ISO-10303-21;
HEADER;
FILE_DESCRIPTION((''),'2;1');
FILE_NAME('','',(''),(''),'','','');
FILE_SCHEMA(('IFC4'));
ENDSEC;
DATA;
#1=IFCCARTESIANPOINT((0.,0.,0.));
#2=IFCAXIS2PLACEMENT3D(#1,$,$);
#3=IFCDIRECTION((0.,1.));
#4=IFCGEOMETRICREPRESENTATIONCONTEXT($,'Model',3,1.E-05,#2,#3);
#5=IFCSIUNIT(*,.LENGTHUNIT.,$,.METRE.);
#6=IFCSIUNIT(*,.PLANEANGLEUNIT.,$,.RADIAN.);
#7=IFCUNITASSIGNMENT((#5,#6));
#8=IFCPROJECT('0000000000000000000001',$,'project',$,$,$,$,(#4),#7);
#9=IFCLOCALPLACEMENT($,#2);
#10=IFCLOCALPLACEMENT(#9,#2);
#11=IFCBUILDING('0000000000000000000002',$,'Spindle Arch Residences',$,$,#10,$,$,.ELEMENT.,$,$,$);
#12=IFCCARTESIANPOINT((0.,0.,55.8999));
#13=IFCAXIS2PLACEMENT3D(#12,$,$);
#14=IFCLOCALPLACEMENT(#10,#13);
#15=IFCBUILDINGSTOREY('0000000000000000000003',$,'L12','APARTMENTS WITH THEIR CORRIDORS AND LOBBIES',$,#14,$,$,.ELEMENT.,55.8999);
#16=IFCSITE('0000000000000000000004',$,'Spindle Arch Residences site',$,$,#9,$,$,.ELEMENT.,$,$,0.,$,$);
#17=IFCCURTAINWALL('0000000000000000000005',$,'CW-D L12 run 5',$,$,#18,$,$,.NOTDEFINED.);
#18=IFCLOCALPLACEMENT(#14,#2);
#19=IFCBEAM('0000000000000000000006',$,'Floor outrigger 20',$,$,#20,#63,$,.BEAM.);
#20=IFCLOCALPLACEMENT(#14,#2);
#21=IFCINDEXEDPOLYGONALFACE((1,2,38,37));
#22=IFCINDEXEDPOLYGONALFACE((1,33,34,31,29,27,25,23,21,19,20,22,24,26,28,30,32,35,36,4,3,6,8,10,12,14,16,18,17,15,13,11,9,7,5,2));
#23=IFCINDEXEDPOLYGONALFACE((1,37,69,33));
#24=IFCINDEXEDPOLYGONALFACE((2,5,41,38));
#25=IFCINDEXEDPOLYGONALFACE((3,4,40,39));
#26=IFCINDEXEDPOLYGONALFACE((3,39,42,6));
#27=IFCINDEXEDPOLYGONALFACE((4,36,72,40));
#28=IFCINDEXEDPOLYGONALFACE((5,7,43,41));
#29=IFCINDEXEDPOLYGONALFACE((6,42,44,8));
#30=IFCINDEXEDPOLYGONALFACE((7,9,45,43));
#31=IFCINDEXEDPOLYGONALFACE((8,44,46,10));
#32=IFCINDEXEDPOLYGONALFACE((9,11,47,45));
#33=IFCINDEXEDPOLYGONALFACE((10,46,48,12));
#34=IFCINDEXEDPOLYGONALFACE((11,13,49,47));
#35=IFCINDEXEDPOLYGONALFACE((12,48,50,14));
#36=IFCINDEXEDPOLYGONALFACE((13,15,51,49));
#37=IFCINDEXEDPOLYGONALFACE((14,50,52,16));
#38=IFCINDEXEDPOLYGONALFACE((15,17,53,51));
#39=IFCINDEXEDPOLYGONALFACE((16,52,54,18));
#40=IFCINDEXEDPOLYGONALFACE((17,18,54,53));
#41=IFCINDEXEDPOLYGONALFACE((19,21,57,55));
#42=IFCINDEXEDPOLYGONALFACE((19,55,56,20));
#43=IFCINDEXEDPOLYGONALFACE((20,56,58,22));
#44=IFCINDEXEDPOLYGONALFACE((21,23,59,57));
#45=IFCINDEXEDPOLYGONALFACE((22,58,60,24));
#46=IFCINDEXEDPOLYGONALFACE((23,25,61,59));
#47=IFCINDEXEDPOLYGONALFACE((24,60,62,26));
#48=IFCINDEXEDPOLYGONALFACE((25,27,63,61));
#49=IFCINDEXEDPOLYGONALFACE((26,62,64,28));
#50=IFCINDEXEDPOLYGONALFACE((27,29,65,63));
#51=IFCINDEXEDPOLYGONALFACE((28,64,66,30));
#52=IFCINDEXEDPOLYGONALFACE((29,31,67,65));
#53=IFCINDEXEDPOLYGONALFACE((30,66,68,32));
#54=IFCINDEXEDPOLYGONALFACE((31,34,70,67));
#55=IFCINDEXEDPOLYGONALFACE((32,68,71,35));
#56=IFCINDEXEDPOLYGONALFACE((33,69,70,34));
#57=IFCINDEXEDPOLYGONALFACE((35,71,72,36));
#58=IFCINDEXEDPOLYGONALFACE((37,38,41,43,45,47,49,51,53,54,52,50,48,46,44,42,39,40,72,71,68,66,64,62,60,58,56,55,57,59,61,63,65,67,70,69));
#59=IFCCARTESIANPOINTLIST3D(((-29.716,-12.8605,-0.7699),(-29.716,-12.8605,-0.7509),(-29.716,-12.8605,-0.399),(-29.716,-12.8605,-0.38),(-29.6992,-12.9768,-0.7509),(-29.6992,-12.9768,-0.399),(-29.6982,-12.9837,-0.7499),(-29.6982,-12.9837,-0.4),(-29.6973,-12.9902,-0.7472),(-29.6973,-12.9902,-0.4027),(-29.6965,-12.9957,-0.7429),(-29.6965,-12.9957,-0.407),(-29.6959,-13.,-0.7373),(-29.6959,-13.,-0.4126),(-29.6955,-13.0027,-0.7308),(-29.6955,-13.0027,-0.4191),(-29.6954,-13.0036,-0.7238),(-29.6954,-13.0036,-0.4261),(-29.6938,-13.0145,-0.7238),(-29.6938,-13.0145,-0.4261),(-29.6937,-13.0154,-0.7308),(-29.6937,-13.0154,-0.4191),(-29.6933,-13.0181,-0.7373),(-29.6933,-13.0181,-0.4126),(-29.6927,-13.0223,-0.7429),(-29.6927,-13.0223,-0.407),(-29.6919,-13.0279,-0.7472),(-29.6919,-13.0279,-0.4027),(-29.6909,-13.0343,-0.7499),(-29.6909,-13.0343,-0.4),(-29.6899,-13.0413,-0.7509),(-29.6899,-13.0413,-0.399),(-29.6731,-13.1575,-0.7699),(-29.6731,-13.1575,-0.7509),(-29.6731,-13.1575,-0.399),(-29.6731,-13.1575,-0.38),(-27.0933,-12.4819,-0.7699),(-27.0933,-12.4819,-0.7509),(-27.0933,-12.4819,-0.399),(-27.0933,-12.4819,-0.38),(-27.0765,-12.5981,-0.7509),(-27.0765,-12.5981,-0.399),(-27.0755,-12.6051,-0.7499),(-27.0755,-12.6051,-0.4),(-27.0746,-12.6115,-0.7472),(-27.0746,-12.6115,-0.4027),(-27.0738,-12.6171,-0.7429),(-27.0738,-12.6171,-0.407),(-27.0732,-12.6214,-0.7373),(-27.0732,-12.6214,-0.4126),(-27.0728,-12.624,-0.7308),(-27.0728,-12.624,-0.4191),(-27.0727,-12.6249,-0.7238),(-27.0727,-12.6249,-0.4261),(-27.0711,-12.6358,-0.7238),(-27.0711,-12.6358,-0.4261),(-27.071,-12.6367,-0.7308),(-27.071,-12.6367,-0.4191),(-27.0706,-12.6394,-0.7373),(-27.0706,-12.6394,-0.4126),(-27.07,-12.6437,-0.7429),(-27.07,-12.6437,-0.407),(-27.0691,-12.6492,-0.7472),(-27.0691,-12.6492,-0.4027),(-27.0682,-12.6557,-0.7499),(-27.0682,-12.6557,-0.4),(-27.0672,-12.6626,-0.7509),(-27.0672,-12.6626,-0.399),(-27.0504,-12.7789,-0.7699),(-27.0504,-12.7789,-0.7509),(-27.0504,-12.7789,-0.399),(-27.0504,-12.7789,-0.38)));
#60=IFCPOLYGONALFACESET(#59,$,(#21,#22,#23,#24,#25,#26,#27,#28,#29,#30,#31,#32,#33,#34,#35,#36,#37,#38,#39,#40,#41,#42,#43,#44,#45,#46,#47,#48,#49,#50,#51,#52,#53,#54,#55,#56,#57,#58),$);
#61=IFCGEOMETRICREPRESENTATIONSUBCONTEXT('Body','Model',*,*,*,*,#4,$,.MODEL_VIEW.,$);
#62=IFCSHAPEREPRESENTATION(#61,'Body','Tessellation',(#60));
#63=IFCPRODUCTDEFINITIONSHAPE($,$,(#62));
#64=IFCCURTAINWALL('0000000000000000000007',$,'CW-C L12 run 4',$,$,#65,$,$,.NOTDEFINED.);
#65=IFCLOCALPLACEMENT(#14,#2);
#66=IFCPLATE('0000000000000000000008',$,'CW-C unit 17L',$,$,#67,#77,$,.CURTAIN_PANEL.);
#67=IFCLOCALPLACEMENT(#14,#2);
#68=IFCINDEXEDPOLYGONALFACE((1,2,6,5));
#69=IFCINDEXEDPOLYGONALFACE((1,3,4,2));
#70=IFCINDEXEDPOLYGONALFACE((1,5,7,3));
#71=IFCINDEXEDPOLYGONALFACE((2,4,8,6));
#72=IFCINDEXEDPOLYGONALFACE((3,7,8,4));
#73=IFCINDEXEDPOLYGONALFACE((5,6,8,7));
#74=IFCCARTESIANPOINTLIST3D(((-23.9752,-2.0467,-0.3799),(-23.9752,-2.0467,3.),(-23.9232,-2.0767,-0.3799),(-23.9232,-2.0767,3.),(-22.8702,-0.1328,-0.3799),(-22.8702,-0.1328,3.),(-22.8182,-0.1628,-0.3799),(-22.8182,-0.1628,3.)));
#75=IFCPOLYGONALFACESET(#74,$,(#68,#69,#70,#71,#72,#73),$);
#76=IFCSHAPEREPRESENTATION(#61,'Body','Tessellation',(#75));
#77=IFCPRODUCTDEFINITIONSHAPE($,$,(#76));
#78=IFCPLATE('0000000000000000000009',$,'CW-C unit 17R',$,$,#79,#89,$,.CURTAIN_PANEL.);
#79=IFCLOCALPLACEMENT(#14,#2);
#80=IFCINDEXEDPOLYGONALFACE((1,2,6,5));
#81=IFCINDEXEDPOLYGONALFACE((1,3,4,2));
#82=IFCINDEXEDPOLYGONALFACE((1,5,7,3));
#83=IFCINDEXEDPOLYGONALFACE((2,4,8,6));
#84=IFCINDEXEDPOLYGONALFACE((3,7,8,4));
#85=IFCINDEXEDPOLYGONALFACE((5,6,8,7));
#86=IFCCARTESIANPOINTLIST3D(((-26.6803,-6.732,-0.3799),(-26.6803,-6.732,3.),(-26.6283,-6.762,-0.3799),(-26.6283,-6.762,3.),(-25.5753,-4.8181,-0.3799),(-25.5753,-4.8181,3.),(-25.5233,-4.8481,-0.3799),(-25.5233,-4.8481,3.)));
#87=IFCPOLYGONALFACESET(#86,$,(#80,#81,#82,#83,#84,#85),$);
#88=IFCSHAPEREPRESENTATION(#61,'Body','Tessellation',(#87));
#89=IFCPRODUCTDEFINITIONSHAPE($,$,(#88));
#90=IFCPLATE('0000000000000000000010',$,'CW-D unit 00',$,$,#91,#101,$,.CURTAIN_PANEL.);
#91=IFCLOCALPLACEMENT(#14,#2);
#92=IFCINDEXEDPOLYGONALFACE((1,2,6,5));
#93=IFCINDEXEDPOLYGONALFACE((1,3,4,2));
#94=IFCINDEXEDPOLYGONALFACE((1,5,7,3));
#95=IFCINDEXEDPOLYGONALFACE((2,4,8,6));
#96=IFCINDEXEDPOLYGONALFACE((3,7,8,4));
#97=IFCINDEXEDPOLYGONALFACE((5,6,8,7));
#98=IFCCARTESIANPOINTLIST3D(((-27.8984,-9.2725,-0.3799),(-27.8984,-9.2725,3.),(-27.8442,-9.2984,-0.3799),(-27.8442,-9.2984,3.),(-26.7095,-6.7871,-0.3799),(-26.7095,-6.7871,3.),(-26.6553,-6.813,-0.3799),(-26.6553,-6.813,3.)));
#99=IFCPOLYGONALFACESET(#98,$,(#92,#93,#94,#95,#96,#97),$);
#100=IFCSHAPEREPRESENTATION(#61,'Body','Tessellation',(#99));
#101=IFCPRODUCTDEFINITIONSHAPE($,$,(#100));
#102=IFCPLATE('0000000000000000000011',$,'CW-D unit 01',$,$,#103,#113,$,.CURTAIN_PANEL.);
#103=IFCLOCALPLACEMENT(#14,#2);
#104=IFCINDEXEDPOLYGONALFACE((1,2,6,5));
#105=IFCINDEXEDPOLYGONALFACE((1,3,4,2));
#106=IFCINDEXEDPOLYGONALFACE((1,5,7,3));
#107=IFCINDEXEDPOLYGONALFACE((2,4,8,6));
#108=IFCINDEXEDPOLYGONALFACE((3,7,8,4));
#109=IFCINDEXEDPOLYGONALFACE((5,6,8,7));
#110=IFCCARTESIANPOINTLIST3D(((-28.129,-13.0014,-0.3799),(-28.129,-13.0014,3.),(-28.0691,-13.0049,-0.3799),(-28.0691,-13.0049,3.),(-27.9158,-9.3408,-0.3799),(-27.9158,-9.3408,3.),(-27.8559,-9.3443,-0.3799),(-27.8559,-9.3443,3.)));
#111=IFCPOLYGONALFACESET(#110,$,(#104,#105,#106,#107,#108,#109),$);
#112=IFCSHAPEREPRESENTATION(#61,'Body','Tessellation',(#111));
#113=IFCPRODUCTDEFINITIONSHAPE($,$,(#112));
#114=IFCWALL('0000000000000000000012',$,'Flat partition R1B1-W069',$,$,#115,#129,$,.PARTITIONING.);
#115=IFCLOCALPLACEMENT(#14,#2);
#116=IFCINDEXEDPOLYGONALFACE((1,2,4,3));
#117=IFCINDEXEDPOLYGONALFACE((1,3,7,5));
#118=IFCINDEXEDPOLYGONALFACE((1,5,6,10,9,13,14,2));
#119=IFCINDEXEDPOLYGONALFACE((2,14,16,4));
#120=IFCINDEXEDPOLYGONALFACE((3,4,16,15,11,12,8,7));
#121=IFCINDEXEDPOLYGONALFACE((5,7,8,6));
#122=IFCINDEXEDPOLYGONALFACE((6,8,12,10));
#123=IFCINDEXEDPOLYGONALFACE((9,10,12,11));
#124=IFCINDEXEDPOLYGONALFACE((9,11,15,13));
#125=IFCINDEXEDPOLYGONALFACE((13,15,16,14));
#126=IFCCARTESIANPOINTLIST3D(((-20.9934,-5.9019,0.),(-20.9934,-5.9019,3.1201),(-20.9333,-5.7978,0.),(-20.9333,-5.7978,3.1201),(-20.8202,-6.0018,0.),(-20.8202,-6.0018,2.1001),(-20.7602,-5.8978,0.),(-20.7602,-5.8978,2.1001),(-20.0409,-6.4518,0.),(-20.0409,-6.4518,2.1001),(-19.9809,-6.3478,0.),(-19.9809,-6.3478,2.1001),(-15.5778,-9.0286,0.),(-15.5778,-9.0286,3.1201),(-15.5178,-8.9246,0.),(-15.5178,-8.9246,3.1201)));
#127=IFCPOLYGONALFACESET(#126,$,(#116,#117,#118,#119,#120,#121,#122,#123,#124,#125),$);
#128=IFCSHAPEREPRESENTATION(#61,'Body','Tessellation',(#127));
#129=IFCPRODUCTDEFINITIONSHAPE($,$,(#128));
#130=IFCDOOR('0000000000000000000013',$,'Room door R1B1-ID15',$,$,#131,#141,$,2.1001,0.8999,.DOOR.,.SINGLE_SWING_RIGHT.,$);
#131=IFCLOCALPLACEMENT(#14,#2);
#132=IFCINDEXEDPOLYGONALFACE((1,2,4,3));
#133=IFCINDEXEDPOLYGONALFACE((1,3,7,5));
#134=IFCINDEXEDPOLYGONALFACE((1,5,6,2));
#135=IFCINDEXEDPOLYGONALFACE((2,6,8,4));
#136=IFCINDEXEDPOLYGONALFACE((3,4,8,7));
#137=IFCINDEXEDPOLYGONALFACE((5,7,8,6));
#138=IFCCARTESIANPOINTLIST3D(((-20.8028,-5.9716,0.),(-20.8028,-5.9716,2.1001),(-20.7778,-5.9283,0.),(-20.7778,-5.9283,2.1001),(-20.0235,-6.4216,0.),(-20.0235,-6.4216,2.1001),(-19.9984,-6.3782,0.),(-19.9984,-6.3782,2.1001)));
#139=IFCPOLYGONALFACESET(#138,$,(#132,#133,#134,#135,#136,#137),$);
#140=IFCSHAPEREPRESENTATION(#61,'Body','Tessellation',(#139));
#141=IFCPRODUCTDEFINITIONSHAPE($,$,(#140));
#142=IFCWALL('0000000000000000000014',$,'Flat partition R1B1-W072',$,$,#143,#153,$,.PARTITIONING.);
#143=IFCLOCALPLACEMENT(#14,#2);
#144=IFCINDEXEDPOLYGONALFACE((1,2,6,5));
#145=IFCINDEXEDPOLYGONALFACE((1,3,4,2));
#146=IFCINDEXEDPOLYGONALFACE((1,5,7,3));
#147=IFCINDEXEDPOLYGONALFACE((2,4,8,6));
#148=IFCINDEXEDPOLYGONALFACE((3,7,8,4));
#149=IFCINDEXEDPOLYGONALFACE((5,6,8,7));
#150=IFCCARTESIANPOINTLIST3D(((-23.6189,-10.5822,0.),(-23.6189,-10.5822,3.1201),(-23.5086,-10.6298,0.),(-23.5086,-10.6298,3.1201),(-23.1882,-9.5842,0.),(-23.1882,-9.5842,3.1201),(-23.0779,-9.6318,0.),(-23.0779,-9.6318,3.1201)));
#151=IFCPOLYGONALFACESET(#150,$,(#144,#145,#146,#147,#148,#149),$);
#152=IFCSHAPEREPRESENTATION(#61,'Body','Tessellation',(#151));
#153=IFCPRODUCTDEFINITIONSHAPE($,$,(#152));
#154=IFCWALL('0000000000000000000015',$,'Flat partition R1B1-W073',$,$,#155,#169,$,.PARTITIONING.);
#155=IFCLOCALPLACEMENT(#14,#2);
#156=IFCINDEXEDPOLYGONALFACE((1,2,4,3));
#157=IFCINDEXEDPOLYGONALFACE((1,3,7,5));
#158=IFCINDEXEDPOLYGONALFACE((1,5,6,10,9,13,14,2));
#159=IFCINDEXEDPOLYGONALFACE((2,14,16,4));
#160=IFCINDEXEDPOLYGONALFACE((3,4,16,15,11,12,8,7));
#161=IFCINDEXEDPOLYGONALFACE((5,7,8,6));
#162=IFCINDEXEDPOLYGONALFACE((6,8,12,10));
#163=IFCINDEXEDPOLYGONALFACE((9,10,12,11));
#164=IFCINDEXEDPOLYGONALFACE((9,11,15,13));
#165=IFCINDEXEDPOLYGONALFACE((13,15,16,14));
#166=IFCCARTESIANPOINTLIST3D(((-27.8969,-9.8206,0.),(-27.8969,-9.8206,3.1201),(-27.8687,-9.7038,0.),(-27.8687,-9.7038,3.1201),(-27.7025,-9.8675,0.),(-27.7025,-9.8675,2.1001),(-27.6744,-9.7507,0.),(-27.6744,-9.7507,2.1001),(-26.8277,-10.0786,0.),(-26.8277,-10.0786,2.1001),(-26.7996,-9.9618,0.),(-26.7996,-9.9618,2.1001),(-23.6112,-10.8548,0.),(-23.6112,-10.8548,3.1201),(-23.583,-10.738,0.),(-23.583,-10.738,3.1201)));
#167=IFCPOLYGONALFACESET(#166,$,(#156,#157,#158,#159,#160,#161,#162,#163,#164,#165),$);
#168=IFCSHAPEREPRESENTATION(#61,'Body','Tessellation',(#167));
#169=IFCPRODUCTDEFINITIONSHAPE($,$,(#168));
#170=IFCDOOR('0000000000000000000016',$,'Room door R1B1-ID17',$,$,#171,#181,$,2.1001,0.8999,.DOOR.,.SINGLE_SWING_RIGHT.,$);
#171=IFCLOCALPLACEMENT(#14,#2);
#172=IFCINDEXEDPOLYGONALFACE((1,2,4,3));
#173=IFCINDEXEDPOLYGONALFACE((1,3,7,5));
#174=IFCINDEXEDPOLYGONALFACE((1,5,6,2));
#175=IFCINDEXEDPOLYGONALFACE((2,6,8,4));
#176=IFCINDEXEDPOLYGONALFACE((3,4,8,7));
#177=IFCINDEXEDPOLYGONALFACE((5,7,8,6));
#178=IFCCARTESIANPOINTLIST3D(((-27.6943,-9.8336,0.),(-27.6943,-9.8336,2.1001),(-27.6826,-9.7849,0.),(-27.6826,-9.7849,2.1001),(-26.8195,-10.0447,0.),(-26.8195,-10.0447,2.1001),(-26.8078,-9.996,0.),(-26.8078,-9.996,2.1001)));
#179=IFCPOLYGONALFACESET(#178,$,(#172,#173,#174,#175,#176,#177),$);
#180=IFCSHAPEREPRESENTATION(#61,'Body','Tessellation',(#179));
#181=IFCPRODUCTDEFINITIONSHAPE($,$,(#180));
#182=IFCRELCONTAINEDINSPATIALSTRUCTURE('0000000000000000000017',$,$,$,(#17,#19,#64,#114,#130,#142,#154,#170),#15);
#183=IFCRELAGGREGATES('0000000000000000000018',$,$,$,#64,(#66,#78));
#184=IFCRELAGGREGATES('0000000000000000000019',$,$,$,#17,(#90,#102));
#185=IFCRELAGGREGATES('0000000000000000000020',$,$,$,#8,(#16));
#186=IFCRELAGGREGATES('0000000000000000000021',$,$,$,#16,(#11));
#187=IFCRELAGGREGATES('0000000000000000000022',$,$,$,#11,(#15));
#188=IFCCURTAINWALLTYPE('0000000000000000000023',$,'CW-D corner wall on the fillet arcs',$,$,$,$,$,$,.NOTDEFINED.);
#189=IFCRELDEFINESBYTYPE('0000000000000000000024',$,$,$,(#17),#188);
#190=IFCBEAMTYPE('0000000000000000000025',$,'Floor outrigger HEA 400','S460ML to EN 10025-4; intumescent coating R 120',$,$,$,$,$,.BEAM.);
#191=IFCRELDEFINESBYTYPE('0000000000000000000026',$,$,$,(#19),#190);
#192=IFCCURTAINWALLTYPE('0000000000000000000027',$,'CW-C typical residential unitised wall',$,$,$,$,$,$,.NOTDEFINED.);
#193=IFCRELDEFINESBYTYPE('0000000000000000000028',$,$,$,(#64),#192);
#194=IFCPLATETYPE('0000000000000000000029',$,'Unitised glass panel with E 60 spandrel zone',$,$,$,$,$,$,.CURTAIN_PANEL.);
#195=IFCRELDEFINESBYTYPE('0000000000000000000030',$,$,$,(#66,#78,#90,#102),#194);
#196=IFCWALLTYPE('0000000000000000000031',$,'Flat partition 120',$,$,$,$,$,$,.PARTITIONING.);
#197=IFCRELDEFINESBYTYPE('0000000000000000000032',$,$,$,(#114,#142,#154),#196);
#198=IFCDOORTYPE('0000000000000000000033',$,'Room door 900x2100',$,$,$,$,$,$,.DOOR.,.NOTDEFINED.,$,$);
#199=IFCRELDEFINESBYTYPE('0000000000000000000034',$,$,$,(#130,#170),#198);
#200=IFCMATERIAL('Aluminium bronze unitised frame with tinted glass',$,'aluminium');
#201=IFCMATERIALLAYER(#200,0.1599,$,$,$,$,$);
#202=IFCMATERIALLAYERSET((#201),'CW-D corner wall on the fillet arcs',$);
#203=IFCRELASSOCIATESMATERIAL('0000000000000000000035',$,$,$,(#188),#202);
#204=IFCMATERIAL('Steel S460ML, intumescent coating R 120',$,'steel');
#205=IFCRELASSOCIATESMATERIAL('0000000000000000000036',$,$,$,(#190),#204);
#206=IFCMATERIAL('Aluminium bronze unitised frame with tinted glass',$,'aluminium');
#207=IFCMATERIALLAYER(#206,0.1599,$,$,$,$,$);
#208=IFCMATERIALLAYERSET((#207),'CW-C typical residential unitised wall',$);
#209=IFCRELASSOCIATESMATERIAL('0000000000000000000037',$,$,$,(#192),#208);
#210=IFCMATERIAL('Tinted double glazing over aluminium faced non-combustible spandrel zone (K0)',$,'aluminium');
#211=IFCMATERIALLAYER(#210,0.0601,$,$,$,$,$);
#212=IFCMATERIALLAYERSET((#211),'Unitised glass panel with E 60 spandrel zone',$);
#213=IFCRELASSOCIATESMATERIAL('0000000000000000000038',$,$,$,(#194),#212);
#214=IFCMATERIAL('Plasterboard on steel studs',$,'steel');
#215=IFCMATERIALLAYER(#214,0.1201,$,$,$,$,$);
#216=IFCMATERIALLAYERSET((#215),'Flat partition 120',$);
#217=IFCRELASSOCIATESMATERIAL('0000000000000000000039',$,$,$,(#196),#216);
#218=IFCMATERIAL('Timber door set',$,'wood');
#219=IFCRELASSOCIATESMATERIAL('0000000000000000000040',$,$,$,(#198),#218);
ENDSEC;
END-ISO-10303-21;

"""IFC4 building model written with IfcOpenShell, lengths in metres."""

from ifc_helpers import new_model, si_unit, direction, frame, frame_2d, origin, origin_2d, place, context, subcontext, project, spatial, rectangle, i_section, extrude, material, layer, layer_set, material_profile, profile_set, type_object, element, fill, aggregate, save


model = new_model("IFC4")

# Units and contexts
model_context = context("Model", 3, precision=1e-05, world=origin(), true_north=direction((0.0, 1.0)))
body_context = subcontext(model_context, "Body", "Model", "MODEL_VIEW")
ifc_project = project(units=[si_unit("LENGTHUNIT", "METRE"), si_unit("PLANEANGLEUNIT", "RADIAN")], contexts=[model_context])

# Site, building, storey
site_placement = place(None, origin())
site = spatial("IfcSite", under=ifc_project, at=site_placement, Name="Spindle Arch Residences site", CompositionType="ELEMENT", RefElevation=0.0)
building_placement = place(site_placement, origin())
building = spatial("IfcBuilding", under=site, at=building_placement, Name="Spindle Arch Residences", CompositionType="ELEMENT")
storey_placement = place(building_placement, frame((0.0, 0.0, 55.8999)))
storey = spatial("IfcBuildingStorey", under=building, at=storey_placement, Name="L12", Description="APARTMENTS WITH THEIR CORRIDORS AND LOBBIES", CompositionType="ELEMENT", Elevation=55.8999)

# Curtain wall
ifc_material_1 = material(Name="Aluminium bronze unitised frame with tinted glass", Category="aluminium")
ifc_layer_1 = layer(ifc_material_1, 0.1599)
ifc_layer_set_1 = layer_set([ifc_layer_1], Name="CW-D corner wall on the fillet arcs")
curtain_wall_type_1 = type_object("IfcCurtainWallType", Name="CW-D corner wall on the fillet arcs", PredefinedType="NOTDEFINED", material=ifc_layer_set_1)
curtain_wall_1_placement = place(storey_placement, origin())
curtain_wall_1 = element("IfcCurtainWall", 1, at=curtain_wall_1_placement, inside=storey, type_object=curtain_wall_type_1, Name="CW-D L12 run 5", PredefinedType="NOTDEFINED")

# Beam
ifc_material_2 = material(Name="Steel S460ML, intumescent coating R 120", Category="steel")
ifc_material_profile_1 = material_profile(ifc_material_2, i_section(OverallWidth=0.3, OverallDepth=0.3899, WebThickness=0.011, FlangeThickness=0.019, FilletRadius=0.0271, at=origin_2d()), Name="HEA 400")
ifc_profile_set_1 = profile_set([ifc_material_profile_1], Name="Steel S460ML, intumescent coating R 120")
beam_type_1 = type_object("IfcBeamType", Name="Floor outrigger HEA 400", Description="S460ML to EN 10025-4; intumescent coating R 120", PredefinedType="BEAM", material=ifc_profile_set_1)
beam_1_placement = place(storey_placement, frame((-29.6946, -13.009, -0.575), z_axis=(0.989738, 0.142892, 0.0), x_axis=(-0.142892, 0.989738, 0.0)))
element("IfcBeam", 2, at=beam_1_placement, inside=storey, type_object=beam_type_1, Name="Floor outrigger 20", PredefinedType="BEAM", context=body_context, shape_type="SweptSolid", body=[
    extrude(i_section(OverallWidth=0.3, OverallDepth=0.3899, WebThickness=0.011, FlangeThickness=0.019, FilletRadius=0.0271, at=origin_2d()), origin(), (0.0, 0.0, 1.0), 2.6499),
])

# Curtain wall, plates
ifc_material_3 = material(Name="Aluminium bronze unitised frame with tinted glass", Category="aluminium")
ifc_layer_2 = layer(ifc_material_3, 0.1599)
ifc_layer_set_2 = layer_set([ifc_layer_2], Name="CW-C typical residential unitised wall")
curtain_wall_type_2 = type_object("IfcCurtainWallType", Name="CW-C typical residential unitised wall", PredefinedType="NOTDEFINED", material=ifc_layer_set_2)
curtain_wall_2_placement = place(storey_placement, origin())
curtain_wall_2 = element("IfcCurtainWall", 3, at=curtain_wall_2_placement, inside=storey, type_object=curtain_wall_type_2, Name="CW-C L12 run 4", PredefinedType="NOTDEFINED")
ifc_material_4 = material(Name="Tinted double glazing over aluminium faced non-combustible spandrel zone (K0)", Category="aluminium")
ifc_layer_3 = layer(ifc_material_4, 0.0601)
ifc_layer_set_3 = layer_set([ifc_layer_3], Name="Unitised glass panel with E 60 spandrel zone")
plate_type = type_object("IfcPlateType", Name="Unitised glass panel with E 60 spandrel zone", PredefinedType="CURTAIN_PANEL", material=ifc_layer_set_3)
plate_1_placement = place(storey_placement, frame((-23.3967, -1.1047, -0.3799), z_axis=(0.0, 0.0, 1.0), x_axis=(-0.5, -0.866025, 0.0)))
plate_1 = element("IfcPlate", 4, at=plate_1_placement, type_object=plate_type, Name="CW-C unit 17L", PredefinedType="CURTAIN_PANEL", context=body_context, shape_type="SweptSolid", body=[
    extrude(rectangle(XDim=2.21, YDim=0.0601, at=origin_2d()), origin(), (0.0, 0.0, 1.0), 3.3799),
])
plate_2_placement = place(storey_placement, frame((-26.1018, -5.79, -0.3799), z_axis=(0.0, 0.0, 1.0), x_axis=(-0.5, -0.866025, 0.0)))
plate_2 = element("IfcPlate", 5, at=plate_2_placement, type_object=plate_type, Name="CW-C unit 17R", PredefinedType="CURTAIN_PANEL", context=body_context, shape_type="SweptSolid", body=[
    extrude(rectangle(XDim=2.21, YDim=0.0601, at=origin_2d()), origin(), (0.0, 0.0, 1.0), 3.3799),
])
aggregate(curtain_wall_2, [plate_1, plate_2])

# Plates
plate_3_placement = place(storey_placement, frame((-27.2769, -8.0427, -0.3799), z_axis=(0.0, 0.0, 1.0), x_axis=(-0.431502, -0.902112, 0.0)))
plate_3 = element("IfcPlate", 6, at=plate_3_placement, type_object=plate_type, Name="CW-D unit 00", PredefinedType="CURTAIN_PANEL", context=body_context, shape_type="SweptSolid", body=[
    extrude(rectangle(XDim=2.7551, YDim=0.0601, at=origin_2d()), origin(), (0.0, 0.0, 1.0), 3.3799),
])
plate_4_placement = place(storey_placement, frame((-27.9924, -11.1729, -0.3799), z_axis=(0.0, 0.0, 1.0), x_axis=(-0.058145, -0.998308, 0.0)))
plate_4 = element("IfcPlate", 7, at=plate_4_placement, type_object=plate_type, Name="CW-D unit 01", PredefinedType="CURTAIN_PANEL", context=body_context, shape_type="SweptSolid", body=[
    extrude(rectangle(XDim=3.6667, YDim=0.0601, at=origin_2d()), origin(), (0.0, 0.0, 1.0), 3.3799),
])
aggregate(curtain_wall_1, [plate_3, plate_4])

# Wall, opening, door
ifc_material_5 = material(Name="Plasterboard on steel studs", Category="steel")
ifc_layer_4 = layer(ifc_material_5, 0.1201)
ifc_layer_set_4 = layer_set([ifc_layer_4], Name="Flat partition 120")
wall_type_1 = type_object("IfcWallType", Name="Flat partition 120", PredefinedType="PARTITIONING", material=ifc_layer_set_4)
wall_1_placement = place(storey_placement, frame((-20.9634, -5.8499, 0.0), z_axis=(0.0, 0.0, 1.0), x_axis=(0.866022, -0.500006, 0.0)))
wall_1 = element("IfcWall", 8, at=wall_1_placement, inside=storey, type_object=wall_type_1, Name="Flat partition R1B1-W069", PredefinedType="PARTITIONING", context=body_context, shape_type="SweptSolid", body=[
    extrude(rectangle(XDim=6.2534, YDim=0.1201, at=frame_2d((3.1267, 0.0))), origin(), (0.0, 0.0, 1.0), 3.1201),
])
opening_1_placement = place(wall_1_placement, frame((0.2, 0.0, 0.0)))
opening_1 = element("IfcOpeningElement", 9, at=opening_1_placement, cuts=wall_1, PredefinedType="OPENING", context=body_context, shape_type="SweptSolid", body=[
    extrude(rectangle(XDim=0.8999, YDim=2.1001, at=frame_2d((0.45, 1.05))), frame((0.0, 0.0701, 0.0), z_axis=(0.0, -1.0, 0.0), x_axis=(1.0, 0.0, 0.0)), (0.0, 0.0, 1.0), 0.1401),
])
ifc_material_6 = material(Name="Timber door set", Category="wood")
door_type_1 = type_object("IfcDoorType", Name="Room door 900x2100", OperationType="NOTDEFINED", PredefinedType="DOOR", material=ifc_material_6)
door_1_placement = place(opening_1_placement, origin())
door_1 = element("IfcDoor", 10, at=door_1_placement, inside=storey, type_object=door_type_1, Name="Room door R1B1-ID15", OperationType="SINGLE_SWING_RIGHT", OverallHeight=2.1001, OverallWidth=0.8999, PredefinedType="DOOR", context=body_context, shape_type="SweptSolid", body=[
    extrude(rectangle(XDim=0.8999, YDim=2.1001, at=frame_2d((0.45, 1.05))), frame((0.0, 0.0249, 0.0), z_axis=(0.0, -1.0, 0.0), x_axis=(1.0, 0.0, 0.0)), (0.0, 0.0, 1.0), 0.05),
])
fill(opening_1, door_1)

# Wall
wall_2_placement = place(storey_placement, frame((-23.5637, -10.606, 0.0), z_axis=(0.0, 0.0, 1.0), x_axis=(0.396195, 0.918166, 0.0)))
element("IfcWall", 11, at=wall_2_placement, inside=storey, type_object=wall_type_1, Name="Flat partition R1B1-W072", PredefinedType="PARTITIONING", context=body_context, shape_type="SweptSolid", body=[
    extrude(rectangle(XDim=1.0869, YDim=0.1201, at=frame_2d((0.5435, 0.0))), origin(), (0.0, 0.0, 1.0), 3.1201),
])

# Wall, opening, door
wall_3_placement = place(storey_placement, frame((-27.8828, -9.7622, 0.0), z_axis=(0.0, 0.0, 1.0), x_axis=(0.972097, -0.234579, 0.0)))
wall_3 = element("IfcWall", 12, at=wall_3_placement, inside=storey, type_object=wall_type_1, Name="Flat partition R1B1-W073", PredefinedType="PARTITIONING", context=body_context, shape_type="SweptSolid", body=[
    extrude(rectangle(XDim=4.4087, YDim=0.1201, at=frame_2d((2.2043, 0.0))), origin(), (0.0, 0.0, 1.0), 3.1201),
])
opening_2_placement = place(wall_3_placement, frame((0.2, 0.0, 0.0)))
opening_2 = element("IfcOpeningElement", 13, at=opening_2_placement, cuts=wall_3, PredefinedType="OPENING", context=body_context, shape_type="SweptSolid", body=[
    extrude(rectangle(XDim=0.8999, YDim=2.1001, at=frame_2d((0.45, 1.05))), frame((0.0, 0.0701, 0.0), z_axis=(0.0, -1.0, 0.0), x_axis=(1.0, 0.0, 0.0)), (0.0, 0.0, 1.0), 0.1401),
])
door_2_placement = place(opening_2_placement, origin())
door_2 = element("IfcDoor", 14, at=door_2_placement, inside=storey, type_object=door_type_1, Name="Room door R1B1-ID17", OperationType="SINGLE_SWING_RIGHT", OverallHeight=2.1001, OverallWidth=0.8999, PredefinedType="DOOR", context=body_context, shape_type="SweptSolid", body=[
    extrude(rectangle(XDim=0.8999, YDim=2.1001, at=frame_2d((0.45, 1.05))), frame((0.0, 0.0249, 0.0), z_axis=(0.0, -1.0, 0.0), x_axis=(1.0, 0.0, 0.0)), (0.0, 0.0, 1.0), 0.05),
])
fill(opening_2, door_2)

save(model, "model.ifc")
